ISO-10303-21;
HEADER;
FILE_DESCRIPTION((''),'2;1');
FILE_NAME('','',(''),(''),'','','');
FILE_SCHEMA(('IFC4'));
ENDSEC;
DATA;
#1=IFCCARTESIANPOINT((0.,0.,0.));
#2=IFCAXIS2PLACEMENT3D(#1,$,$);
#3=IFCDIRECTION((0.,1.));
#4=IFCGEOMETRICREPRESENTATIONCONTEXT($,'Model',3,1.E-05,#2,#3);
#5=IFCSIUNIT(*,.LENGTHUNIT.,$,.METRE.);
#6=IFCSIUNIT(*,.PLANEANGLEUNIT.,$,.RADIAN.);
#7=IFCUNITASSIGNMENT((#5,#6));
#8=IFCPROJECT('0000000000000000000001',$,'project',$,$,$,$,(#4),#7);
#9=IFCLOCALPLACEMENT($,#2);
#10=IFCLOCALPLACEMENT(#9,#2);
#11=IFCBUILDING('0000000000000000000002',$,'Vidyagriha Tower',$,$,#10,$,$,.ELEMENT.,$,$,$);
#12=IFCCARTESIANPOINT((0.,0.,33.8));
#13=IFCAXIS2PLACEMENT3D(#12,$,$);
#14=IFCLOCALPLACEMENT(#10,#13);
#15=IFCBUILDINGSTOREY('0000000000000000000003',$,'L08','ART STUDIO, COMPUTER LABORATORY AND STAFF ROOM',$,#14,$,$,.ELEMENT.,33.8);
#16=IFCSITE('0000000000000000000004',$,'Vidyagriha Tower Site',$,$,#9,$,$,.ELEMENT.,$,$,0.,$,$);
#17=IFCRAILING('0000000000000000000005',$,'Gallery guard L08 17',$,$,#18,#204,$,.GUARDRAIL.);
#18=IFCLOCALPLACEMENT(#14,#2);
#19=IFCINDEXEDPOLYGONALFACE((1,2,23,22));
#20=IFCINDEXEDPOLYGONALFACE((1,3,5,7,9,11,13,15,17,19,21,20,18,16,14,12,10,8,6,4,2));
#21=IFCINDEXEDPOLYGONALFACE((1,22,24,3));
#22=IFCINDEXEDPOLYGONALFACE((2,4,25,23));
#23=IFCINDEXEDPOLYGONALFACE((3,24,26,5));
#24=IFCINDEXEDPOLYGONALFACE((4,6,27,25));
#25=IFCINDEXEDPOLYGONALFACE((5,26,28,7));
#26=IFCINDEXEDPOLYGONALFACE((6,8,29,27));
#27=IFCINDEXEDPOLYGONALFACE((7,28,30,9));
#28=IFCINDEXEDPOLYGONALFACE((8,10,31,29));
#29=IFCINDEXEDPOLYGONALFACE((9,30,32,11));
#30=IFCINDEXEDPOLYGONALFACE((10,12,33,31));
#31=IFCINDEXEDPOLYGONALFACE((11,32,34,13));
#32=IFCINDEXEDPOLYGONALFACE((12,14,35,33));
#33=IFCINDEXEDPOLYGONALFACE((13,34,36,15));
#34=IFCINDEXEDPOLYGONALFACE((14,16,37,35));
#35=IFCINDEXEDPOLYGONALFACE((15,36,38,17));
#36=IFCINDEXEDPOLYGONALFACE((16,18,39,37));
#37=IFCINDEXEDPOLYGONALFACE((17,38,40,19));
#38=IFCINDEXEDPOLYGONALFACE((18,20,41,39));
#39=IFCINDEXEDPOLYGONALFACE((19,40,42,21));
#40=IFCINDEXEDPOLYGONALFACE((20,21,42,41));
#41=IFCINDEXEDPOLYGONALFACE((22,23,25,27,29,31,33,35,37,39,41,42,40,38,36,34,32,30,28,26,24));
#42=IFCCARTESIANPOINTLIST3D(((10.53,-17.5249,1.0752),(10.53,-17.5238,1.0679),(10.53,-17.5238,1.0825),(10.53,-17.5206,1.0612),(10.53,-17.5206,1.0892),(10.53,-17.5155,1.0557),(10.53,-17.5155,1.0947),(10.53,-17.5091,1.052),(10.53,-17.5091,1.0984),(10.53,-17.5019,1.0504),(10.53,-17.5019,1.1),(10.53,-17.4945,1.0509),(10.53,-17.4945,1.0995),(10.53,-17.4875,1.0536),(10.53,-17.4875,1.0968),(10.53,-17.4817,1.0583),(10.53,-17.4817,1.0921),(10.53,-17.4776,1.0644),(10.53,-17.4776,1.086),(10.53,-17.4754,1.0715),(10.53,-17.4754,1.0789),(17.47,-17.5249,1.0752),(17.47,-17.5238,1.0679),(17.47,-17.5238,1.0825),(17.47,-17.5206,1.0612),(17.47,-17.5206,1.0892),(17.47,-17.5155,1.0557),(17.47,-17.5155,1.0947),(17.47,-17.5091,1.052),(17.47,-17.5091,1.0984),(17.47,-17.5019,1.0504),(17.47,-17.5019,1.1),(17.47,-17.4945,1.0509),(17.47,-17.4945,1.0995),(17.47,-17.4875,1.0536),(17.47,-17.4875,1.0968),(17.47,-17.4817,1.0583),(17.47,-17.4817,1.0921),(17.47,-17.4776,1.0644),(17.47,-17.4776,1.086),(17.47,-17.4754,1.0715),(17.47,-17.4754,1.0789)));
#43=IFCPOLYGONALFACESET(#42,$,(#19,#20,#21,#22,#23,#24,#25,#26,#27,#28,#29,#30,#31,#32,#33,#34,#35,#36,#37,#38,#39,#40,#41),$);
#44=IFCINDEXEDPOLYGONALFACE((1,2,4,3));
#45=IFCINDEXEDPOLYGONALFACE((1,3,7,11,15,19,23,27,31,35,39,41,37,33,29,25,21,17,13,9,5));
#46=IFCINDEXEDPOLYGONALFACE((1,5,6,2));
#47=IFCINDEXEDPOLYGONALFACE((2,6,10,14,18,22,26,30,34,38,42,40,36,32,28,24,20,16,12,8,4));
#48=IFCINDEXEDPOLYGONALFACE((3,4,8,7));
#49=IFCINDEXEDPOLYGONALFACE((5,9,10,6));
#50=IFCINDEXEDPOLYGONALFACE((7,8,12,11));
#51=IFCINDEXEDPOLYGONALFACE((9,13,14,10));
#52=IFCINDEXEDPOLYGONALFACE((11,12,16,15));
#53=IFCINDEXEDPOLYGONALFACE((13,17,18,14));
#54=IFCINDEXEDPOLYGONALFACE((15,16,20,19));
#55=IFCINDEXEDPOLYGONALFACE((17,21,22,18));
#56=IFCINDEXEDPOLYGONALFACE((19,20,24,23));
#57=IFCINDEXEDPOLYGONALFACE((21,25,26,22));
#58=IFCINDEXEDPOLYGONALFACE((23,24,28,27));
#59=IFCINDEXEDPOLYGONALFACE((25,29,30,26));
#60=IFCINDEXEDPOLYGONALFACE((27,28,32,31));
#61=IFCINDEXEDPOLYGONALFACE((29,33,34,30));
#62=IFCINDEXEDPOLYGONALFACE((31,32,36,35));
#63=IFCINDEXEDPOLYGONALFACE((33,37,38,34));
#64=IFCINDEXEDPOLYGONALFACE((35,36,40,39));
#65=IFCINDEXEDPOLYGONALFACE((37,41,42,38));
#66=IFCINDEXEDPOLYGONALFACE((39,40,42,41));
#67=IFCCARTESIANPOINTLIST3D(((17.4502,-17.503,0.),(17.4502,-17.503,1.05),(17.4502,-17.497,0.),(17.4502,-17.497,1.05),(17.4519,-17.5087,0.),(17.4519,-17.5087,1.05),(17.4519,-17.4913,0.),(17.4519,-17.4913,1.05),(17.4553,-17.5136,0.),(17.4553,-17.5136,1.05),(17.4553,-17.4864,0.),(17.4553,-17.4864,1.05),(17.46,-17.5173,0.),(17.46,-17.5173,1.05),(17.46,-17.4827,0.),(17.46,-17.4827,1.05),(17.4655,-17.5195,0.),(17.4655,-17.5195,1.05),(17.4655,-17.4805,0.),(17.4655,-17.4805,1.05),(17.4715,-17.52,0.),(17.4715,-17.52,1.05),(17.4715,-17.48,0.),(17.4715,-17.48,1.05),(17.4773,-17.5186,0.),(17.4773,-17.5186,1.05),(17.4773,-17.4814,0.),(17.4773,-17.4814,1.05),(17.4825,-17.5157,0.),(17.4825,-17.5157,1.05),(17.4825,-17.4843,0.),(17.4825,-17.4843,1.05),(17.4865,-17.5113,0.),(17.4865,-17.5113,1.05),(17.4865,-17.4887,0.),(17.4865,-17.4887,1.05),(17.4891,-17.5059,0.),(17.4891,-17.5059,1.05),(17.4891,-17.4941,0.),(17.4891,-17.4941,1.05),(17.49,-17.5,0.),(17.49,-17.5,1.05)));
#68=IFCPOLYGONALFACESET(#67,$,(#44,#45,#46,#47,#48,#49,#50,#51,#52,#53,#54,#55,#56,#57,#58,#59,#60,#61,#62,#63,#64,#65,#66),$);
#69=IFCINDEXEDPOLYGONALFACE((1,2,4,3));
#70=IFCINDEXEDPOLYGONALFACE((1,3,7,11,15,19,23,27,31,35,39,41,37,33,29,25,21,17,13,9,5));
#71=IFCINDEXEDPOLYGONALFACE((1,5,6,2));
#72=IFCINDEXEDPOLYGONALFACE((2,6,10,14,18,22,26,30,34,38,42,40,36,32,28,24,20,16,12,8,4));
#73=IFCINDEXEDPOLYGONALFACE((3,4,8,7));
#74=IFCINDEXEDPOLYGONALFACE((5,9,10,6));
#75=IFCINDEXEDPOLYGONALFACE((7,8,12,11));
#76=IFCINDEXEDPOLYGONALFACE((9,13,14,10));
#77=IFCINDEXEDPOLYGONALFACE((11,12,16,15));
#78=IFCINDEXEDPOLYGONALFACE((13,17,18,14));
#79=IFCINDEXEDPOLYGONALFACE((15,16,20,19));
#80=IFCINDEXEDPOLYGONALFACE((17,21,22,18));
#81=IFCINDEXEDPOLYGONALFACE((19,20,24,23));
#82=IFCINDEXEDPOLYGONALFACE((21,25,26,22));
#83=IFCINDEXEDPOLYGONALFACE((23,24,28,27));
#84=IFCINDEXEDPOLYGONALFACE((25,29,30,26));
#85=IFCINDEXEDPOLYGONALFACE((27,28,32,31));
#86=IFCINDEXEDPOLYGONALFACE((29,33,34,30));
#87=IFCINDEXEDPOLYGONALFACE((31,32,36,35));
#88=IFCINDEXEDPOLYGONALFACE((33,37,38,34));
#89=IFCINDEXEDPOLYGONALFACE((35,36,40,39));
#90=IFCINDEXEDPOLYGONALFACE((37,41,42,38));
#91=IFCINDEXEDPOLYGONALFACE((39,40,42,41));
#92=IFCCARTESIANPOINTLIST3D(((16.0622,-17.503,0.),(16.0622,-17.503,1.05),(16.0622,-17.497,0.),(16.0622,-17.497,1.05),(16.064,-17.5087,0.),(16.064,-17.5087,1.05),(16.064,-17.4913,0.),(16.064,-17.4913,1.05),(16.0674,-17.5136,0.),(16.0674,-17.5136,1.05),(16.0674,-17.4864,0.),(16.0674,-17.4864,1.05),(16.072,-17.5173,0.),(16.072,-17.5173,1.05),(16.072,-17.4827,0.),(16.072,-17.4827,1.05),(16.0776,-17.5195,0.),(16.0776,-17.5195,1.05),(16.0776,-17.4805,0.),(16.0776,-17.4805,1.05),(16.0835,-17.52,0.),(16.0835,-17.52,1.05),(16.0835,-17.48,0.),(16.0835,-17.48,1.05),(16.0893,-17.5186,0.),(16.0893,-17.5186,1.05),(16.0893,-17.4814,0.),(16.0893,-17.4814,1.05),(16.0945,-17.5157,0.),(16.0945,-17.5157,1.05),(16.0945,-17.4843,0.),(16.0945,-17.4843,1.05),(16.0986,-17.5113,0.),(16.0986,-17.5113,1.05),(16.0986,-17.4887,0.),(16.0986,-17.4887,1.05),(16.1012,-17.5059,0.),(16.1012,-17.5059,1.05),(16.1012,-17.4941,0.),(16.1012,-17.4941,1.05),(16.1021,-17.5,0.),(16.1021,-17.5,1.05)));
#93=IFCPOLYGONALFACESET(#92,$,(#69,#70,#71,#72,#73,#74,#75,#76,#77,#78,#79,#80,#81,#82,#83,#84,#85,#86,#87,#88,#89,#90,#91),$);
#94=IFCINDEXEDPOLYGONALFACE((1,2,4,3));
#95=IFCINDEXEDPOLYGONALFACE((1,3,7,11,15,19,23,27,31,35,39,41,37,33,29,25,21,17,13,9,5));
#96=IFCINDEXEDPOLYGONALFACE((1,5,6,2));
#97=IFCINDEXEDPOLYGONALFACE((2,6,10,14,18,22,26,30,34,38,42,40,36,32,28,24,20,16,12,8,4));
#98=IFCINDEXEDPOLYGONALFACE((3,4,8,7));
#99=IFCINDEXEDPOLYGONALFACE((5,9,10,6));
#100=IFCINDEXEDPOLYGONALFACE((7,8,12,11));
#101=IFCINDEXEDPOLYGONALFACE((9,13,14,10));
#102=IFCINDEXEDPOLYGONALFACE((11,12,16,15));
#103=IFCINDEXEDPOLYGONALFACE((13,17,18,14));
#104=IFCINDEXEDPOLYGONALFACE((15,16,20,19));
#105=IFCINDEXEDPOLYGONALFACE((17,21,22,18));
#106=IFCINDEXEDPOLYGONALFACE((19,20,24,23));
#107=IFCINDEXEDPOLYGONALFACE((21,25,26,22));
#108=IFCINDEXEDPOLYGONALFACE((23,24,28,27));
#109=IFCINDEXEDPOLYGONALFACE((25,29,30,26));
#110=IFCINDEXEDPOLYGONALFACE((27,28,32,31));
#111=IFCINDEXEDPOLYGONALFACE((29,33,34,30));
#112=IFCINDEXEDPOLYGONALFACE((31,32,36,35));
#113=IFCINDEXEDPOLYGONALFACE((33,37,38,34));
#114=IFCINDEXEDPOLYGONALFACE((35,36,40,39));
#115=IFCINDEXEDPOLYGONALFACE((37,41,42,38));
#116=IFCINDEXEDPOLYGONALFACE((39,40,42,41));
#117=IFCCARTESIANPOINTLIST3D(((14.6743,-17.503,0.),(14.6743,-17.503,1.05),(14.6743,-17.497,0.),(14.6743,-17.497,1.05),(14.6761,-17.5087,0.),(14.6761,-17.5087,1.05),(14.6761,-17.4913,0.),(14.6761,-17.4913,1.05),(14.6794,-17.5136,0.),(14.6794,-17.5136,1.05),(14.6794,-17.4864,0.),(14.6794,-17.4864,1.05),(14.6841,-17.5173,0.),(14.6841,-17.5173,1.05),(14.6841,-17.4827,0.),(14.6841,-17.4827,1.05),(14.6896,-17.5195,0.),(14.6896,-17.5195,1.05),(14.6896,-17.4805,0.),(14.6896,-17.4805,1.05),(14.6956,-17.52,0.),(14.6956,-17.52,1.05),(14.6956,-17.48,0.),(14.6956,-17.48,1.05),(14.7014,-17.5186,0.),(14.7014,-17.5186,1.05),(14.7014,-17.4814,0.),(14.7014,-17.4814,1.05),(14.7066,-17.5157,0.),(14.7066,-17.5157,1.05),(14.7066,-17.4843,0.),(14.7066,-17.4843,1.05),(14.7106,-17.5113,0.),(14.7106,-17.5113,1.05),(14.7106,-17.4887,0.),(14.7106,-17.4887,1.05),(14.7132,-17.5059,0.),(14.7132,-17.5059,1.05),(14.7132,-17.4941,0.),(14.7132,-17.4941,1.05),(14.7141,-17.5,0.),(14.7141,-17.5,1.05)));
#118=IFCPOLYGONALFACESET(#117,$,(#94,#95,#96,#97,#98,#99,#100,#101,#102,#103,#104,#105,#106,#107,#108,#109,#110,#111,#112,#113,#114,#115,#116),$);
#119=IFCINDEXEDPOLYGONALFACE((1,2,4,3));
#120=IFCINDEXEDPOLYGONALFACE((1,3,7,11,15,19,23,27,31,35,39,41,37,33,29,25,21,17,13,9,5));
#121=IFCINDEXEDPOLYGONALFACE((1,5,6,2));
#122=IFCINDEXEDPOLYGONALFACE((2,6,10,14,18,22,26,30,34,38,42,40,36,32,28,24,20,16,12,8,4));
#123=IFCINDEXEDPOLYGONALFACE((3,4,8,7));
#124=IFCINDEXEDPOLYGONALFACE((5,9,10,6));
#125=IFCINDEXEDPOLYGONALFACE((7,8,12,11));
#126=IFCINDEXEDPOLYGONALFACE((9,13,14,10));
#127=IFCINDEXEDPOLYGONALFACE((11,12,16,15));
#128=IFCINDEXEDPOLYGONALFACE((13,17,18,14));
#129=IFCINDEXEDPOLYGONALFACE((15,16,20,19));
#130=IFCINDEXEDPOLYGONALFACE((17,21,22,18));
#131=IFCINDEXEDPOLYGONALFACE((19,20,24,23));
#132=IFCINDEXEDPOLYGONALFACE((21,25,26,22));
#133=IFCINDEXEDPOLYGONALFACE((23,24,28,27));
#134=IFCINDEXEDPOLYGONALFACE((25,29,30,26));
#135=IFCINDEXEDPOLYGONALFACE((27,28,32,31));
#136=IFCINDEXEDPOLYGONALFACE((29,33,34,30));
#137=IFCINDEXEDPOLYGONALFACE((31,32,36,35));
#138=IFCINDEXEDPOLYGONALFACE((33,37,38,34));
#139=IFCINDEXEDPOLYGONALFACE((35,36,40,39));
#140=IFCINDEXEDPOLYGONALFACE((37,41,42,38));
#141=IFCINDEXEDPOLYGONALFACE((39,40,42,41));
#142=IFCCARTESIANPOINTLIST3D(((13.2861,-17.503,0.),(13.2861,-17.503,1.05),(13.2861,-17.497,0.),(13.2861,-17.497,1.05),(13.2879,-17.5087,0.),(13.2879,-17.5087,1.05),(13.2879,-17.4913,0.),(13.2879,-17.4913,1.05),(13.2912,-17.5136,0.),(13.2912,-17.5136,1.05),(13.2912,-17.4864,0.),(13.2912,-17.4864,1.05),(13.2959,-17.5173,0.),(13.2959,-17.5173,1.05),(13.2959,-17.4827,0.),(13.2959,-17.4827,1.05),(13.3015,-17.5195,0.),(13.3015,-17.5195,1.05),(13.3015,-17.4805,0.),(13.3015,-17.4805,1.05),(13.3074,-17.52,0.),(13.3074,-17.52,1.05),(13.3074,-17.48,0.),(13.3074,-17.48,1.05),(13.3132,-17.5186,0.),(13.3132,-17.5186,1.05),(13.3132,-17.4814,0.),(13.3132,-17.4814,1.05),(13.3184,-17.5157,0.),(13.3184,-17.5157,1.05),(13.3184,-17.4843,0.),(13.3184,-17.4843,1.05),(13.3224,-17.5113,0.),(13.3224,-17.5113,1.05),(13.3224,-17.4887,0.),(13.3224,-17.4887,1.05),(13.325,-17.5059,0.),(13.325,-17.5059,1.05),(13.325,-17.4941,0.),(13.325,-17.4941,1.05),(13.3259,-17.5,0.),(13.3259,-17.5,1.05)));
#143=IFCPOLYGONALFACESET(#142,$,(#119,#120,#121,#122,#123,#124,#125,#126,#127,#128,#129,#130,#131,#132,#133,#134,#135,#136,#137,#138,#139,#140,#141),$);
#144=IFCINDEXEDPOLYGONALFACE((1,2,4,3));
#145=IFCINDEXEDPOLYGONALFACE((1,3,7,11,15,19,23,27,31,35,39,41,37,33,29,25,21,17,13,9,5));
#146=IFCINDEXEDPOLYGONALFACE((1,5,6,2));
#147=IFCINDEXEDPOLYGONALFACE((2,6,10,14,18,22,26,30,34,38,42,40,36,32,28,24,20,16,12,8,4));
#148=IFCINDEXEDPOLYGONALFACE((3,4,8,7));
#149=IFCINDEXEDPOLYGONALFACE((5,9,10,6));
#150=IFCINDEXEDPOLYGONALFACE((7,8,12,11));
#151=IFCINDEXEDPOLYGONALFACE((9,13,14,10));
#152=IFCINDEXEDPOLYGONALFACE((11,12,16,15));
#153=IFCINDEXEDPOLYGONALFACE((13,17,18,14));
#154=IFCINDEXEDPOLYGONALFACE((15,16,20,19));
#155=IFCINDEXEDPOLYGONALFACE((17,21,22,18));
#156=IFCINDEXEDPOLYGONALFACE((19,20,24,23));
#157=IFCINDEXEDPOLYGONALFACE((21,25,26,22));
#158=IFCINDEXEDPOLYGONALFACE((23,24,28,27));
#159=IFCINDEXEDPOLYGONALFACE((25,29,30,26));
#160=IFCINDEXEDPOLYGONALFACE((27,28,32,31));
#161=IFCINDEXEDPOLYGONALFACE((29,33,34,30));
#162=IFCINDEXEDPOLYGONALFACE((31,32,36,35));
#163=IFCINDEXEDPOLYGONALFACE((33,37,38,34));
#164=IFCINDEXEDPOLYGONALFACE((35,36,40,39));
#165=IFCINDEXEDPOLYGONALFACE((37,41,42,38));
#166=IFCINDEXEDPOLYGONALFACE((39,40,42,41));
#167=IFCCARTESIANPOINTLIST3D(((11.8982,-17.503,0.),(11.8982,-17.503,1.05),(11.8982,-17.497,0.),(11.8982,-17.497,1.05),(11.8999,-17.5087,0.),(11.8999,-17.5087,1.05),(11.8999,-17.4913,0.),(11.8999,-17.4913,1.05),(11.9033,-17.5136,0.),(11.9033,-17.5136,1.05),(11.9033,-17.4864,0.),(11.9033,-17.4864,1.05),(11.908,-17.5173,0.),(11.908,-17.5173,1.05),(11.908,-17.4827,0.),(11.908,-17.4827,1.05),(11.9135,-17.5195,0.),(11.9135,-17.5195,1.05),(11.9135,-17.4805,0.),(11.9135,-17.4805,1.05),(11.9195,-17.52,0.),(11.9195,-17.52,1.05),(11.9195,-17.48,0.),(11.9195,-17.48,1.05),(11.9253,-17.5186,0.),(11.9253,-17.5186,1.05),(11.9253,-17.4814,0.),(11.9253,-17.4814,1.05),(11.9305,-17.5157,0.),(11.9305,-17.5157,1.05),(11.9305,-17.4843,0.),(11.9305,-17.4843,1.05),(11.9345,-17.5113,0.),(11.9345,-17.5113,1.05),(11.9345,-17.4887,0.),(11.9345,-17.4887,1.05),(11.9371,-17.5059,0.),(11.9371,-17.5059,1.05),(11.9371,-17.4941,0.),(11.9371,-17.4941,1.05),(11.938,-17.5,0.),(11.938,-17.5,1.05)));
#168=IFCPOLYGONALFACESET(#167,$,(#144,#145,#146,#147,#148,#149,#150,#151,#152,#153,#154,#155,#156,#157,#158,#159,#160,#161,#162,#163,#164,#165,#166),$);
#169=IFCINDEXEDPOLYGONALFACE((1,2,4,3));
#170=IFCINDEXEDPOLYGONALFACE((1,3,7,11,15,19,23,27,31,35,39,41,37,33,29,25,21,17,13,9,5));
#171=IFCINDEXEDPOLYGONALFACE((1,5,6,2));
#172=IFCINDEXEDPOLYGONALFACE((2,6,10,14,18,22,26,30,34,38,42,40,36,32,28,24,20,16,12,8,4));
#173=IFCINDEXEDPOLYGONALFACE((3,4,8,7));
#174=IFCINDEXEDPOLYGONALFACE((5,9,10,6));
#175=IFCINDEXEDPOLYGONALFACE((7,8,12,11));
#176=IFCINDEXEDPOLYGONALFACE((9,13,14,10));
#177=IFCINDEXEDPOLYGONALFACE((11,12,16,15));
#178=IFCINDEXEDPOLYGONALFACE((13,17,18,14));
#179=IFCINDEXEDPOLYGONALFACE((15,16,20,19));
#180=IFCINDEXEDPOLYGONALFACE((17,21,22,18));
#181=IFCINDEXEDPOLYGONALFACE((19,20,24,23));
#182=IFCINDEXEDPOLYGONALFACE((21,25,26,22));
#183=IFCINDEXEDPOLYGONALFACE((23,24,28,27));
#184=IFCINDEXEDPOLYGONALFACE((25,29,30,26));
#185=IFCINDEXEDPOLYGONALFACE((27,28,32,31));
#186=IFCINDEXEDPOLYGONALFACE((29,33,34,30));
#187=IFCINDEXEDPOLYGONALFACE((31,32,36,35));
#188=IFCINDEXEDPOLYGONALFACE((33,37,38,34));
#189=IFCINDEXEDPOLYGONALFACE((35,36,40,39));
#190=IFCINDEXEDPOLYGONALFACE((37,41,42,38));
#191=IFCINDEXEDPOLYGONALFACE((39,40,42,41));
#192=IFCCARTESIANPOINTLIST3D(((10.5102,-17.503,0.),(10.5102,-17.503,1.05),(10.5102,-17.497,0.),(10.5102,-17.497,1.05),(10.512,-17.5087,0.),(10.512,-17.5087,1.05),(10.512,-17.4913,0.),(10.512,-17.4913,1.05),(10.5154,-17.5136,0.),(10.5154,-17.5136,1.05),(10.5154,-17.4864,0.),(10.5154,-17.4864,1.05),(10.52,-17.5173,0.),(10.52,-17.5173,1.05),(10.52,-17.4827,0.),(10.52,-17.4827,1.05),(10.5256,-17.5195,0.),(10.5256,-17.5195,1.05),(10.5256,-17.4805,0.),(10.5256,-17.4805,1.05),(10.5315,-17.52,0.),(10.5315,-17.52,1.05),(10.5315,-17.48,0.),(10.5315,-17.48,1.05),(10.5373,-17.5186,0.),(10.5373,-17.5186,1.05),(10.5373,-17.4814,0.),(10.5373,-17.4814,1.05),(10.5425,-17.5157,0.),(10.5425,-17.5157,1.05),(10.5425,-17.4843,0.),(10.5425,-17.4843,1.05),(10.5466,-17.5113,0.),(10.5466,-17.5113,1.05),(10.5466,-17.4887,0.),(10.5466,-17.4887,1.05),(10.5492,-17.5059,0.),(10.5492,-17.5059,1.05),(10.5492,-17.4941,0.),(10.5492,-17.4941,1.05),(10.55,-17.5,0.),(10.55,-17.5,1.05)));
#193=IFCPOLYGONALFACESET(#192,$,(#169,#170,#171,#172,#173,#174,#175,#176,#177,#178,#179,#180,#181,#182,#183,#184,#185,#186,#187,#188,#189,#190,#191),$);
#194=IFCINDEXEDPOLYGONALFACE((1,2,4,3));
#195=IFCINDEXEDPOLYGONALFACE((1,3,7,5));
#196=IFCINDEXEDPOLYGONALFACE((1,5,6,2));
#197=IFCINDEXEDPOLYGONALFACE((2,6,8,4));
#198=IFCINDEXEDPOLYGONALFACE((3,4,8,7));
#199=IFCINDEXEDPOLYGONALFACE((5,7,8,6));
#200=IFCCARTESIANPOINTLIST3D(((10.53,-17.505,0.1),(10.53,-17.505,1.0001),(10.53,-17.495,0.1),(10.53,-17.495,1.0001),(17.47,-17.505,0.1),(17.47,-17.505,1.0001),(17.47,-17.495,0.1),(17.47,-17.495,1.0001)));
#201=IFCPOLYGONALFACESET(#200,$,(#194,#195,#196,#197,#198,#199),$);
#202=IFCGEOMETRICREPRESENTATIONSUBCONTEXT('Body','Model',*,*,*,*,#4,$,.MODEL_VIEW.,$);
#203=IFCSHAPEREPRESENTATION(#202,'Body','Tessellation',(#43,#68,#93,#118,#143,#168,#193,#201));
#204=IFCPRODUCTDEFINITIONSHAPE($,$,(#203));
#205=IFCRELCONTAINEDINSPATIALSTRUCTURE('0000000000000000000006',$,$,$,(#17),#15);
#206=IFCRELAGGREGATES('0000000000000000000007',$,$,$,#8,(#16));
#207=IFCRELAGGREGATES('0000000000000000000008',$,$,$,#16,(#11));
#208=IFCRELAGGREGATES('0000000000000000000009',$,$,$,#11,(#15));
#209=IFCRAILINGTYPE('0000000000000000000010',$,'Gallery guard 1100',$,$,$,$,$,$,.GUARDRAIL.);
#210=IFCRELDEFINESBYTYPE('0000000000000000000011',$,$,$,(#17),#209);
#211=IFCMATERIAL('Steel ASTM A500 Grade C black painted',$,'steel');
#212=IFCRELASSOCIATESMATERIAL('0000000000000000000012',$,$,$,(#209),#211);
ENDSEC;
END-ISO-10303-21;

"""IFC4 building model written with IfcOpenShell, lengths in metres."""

from ifc_helpers import new_model, si_unit, direction, frame, origin, origin_2d, place, context, subcontext, project, spatial, rectangle, circle, extrude, material, type_object, element, save


model = new_model("IFC4")

# Units and contexts
model_context = context("Model", 3, precision=1e-05, world=origin(), true_north=direction((0.0, 1.0)))
body_context = subcontext(model_context, "Body", "Model", "MODEL_VIEW")
ifc_project = project(units=[si_unit("LENGTHUNIT", "METRE"), si_unit("PLANEANGLEUNIT", "RADIAN")], contexts=[model_context])

# Site, building, storey
site_placement = place(None, origin())
site = spatial("IfcSite", under=ifc_project, at=site_placement, Name="Vidyagriha Tower Site", CompositionType="ELEMENT", RefElevation=0.0)
building_placement = place(site_placement, origin())
building = spatial("IfcBuilding", under=site, at=building_placement, Name="Vidyagriha Tower", CompositionType="ELEMENT")
storey_placement = place(building_placement, frame((0.0, 0.0, 33.8)))
storey = spatial("IfcBuildingStorey", under=building, at=storey_placement, Name="L08", Description="ART STUDIO, COMPUTER LABORATORY AND STAFF ROOM", CompositionType="ELEMENT", Elevation=33.8)

# Railing
ifc_material_1 = material(Name="Steel ASTM A500 Grade C black painted", Category="steel")
railing_type = type_object("IfcRailingType", Name="Gallery guard 1100", PredefinedType="GUARDRAIL", material=ifc_material_1)
for number, where, name in (
    (1, (17.47, -17.5, 0.0), "Gallery guard L08 17"),
):
    element("IfcRailing", number, at=place(storey_placement, frame(where)), inside=storey, type_object=railing_type, Name=name, PredefinedType="GUARDRAIL", context=body_context, shape_type="SweptSolid", body=[
        extrude(circle(Radius=0.0249, at=origin_2d()), frame((0.0, 0.0, 1.0752), z_axis=(-1.0, 0.0, 0.0), x_axis=(0.0, -1.0, 0.0)), (0.0, 0.0, 1.0), 6.9399),
        extrude(circle(Radius=0.02, at=origin_2d()), origin(), (0.0, 0.0, 1.0), 1.05),
        extrude(circle(Radius=0.02, at=origin_2d()), frame((-1.3879, 0.0, 0.0)), (0.0, 0.0, 1.0), 1.05),
        extrude(circle(Radius=0.02, at=origin_2d()), frame((-2.7759, 0.0, 0.0)), (0.0, 0.0, 1.0), 1.05),
        extrude(circle(Radius=0.02, at=origin_2d()), frame((-4.1641, 0.0, 0.0)), (0.0, 0.0, 1.0), 1.05),
        extrude(circle(Radius=0.02, at=origin_2d()), frame((-5.552, 0.0, 0.0)), (0.0, 0.0, 1.0), 1.05),
        extrude(circle(Radius=0.02, at=origin_2d()), frame((-6.9399, 0.0, 0.0)), (0.0, 0.0, 1.0), 1.05),
        extrude(rectangle(XDim=0.01, YDim=0.9001, at=origin_2d()), frame((0.0, 0.0, 0.55), z_axis=(-1.0, 0.0, 0.0), x_axis=(0.0, -1.0, 0.0)), (0.0, 0.0, 1.0), 6.9399),
    ])

save(model, "model.ifc")
